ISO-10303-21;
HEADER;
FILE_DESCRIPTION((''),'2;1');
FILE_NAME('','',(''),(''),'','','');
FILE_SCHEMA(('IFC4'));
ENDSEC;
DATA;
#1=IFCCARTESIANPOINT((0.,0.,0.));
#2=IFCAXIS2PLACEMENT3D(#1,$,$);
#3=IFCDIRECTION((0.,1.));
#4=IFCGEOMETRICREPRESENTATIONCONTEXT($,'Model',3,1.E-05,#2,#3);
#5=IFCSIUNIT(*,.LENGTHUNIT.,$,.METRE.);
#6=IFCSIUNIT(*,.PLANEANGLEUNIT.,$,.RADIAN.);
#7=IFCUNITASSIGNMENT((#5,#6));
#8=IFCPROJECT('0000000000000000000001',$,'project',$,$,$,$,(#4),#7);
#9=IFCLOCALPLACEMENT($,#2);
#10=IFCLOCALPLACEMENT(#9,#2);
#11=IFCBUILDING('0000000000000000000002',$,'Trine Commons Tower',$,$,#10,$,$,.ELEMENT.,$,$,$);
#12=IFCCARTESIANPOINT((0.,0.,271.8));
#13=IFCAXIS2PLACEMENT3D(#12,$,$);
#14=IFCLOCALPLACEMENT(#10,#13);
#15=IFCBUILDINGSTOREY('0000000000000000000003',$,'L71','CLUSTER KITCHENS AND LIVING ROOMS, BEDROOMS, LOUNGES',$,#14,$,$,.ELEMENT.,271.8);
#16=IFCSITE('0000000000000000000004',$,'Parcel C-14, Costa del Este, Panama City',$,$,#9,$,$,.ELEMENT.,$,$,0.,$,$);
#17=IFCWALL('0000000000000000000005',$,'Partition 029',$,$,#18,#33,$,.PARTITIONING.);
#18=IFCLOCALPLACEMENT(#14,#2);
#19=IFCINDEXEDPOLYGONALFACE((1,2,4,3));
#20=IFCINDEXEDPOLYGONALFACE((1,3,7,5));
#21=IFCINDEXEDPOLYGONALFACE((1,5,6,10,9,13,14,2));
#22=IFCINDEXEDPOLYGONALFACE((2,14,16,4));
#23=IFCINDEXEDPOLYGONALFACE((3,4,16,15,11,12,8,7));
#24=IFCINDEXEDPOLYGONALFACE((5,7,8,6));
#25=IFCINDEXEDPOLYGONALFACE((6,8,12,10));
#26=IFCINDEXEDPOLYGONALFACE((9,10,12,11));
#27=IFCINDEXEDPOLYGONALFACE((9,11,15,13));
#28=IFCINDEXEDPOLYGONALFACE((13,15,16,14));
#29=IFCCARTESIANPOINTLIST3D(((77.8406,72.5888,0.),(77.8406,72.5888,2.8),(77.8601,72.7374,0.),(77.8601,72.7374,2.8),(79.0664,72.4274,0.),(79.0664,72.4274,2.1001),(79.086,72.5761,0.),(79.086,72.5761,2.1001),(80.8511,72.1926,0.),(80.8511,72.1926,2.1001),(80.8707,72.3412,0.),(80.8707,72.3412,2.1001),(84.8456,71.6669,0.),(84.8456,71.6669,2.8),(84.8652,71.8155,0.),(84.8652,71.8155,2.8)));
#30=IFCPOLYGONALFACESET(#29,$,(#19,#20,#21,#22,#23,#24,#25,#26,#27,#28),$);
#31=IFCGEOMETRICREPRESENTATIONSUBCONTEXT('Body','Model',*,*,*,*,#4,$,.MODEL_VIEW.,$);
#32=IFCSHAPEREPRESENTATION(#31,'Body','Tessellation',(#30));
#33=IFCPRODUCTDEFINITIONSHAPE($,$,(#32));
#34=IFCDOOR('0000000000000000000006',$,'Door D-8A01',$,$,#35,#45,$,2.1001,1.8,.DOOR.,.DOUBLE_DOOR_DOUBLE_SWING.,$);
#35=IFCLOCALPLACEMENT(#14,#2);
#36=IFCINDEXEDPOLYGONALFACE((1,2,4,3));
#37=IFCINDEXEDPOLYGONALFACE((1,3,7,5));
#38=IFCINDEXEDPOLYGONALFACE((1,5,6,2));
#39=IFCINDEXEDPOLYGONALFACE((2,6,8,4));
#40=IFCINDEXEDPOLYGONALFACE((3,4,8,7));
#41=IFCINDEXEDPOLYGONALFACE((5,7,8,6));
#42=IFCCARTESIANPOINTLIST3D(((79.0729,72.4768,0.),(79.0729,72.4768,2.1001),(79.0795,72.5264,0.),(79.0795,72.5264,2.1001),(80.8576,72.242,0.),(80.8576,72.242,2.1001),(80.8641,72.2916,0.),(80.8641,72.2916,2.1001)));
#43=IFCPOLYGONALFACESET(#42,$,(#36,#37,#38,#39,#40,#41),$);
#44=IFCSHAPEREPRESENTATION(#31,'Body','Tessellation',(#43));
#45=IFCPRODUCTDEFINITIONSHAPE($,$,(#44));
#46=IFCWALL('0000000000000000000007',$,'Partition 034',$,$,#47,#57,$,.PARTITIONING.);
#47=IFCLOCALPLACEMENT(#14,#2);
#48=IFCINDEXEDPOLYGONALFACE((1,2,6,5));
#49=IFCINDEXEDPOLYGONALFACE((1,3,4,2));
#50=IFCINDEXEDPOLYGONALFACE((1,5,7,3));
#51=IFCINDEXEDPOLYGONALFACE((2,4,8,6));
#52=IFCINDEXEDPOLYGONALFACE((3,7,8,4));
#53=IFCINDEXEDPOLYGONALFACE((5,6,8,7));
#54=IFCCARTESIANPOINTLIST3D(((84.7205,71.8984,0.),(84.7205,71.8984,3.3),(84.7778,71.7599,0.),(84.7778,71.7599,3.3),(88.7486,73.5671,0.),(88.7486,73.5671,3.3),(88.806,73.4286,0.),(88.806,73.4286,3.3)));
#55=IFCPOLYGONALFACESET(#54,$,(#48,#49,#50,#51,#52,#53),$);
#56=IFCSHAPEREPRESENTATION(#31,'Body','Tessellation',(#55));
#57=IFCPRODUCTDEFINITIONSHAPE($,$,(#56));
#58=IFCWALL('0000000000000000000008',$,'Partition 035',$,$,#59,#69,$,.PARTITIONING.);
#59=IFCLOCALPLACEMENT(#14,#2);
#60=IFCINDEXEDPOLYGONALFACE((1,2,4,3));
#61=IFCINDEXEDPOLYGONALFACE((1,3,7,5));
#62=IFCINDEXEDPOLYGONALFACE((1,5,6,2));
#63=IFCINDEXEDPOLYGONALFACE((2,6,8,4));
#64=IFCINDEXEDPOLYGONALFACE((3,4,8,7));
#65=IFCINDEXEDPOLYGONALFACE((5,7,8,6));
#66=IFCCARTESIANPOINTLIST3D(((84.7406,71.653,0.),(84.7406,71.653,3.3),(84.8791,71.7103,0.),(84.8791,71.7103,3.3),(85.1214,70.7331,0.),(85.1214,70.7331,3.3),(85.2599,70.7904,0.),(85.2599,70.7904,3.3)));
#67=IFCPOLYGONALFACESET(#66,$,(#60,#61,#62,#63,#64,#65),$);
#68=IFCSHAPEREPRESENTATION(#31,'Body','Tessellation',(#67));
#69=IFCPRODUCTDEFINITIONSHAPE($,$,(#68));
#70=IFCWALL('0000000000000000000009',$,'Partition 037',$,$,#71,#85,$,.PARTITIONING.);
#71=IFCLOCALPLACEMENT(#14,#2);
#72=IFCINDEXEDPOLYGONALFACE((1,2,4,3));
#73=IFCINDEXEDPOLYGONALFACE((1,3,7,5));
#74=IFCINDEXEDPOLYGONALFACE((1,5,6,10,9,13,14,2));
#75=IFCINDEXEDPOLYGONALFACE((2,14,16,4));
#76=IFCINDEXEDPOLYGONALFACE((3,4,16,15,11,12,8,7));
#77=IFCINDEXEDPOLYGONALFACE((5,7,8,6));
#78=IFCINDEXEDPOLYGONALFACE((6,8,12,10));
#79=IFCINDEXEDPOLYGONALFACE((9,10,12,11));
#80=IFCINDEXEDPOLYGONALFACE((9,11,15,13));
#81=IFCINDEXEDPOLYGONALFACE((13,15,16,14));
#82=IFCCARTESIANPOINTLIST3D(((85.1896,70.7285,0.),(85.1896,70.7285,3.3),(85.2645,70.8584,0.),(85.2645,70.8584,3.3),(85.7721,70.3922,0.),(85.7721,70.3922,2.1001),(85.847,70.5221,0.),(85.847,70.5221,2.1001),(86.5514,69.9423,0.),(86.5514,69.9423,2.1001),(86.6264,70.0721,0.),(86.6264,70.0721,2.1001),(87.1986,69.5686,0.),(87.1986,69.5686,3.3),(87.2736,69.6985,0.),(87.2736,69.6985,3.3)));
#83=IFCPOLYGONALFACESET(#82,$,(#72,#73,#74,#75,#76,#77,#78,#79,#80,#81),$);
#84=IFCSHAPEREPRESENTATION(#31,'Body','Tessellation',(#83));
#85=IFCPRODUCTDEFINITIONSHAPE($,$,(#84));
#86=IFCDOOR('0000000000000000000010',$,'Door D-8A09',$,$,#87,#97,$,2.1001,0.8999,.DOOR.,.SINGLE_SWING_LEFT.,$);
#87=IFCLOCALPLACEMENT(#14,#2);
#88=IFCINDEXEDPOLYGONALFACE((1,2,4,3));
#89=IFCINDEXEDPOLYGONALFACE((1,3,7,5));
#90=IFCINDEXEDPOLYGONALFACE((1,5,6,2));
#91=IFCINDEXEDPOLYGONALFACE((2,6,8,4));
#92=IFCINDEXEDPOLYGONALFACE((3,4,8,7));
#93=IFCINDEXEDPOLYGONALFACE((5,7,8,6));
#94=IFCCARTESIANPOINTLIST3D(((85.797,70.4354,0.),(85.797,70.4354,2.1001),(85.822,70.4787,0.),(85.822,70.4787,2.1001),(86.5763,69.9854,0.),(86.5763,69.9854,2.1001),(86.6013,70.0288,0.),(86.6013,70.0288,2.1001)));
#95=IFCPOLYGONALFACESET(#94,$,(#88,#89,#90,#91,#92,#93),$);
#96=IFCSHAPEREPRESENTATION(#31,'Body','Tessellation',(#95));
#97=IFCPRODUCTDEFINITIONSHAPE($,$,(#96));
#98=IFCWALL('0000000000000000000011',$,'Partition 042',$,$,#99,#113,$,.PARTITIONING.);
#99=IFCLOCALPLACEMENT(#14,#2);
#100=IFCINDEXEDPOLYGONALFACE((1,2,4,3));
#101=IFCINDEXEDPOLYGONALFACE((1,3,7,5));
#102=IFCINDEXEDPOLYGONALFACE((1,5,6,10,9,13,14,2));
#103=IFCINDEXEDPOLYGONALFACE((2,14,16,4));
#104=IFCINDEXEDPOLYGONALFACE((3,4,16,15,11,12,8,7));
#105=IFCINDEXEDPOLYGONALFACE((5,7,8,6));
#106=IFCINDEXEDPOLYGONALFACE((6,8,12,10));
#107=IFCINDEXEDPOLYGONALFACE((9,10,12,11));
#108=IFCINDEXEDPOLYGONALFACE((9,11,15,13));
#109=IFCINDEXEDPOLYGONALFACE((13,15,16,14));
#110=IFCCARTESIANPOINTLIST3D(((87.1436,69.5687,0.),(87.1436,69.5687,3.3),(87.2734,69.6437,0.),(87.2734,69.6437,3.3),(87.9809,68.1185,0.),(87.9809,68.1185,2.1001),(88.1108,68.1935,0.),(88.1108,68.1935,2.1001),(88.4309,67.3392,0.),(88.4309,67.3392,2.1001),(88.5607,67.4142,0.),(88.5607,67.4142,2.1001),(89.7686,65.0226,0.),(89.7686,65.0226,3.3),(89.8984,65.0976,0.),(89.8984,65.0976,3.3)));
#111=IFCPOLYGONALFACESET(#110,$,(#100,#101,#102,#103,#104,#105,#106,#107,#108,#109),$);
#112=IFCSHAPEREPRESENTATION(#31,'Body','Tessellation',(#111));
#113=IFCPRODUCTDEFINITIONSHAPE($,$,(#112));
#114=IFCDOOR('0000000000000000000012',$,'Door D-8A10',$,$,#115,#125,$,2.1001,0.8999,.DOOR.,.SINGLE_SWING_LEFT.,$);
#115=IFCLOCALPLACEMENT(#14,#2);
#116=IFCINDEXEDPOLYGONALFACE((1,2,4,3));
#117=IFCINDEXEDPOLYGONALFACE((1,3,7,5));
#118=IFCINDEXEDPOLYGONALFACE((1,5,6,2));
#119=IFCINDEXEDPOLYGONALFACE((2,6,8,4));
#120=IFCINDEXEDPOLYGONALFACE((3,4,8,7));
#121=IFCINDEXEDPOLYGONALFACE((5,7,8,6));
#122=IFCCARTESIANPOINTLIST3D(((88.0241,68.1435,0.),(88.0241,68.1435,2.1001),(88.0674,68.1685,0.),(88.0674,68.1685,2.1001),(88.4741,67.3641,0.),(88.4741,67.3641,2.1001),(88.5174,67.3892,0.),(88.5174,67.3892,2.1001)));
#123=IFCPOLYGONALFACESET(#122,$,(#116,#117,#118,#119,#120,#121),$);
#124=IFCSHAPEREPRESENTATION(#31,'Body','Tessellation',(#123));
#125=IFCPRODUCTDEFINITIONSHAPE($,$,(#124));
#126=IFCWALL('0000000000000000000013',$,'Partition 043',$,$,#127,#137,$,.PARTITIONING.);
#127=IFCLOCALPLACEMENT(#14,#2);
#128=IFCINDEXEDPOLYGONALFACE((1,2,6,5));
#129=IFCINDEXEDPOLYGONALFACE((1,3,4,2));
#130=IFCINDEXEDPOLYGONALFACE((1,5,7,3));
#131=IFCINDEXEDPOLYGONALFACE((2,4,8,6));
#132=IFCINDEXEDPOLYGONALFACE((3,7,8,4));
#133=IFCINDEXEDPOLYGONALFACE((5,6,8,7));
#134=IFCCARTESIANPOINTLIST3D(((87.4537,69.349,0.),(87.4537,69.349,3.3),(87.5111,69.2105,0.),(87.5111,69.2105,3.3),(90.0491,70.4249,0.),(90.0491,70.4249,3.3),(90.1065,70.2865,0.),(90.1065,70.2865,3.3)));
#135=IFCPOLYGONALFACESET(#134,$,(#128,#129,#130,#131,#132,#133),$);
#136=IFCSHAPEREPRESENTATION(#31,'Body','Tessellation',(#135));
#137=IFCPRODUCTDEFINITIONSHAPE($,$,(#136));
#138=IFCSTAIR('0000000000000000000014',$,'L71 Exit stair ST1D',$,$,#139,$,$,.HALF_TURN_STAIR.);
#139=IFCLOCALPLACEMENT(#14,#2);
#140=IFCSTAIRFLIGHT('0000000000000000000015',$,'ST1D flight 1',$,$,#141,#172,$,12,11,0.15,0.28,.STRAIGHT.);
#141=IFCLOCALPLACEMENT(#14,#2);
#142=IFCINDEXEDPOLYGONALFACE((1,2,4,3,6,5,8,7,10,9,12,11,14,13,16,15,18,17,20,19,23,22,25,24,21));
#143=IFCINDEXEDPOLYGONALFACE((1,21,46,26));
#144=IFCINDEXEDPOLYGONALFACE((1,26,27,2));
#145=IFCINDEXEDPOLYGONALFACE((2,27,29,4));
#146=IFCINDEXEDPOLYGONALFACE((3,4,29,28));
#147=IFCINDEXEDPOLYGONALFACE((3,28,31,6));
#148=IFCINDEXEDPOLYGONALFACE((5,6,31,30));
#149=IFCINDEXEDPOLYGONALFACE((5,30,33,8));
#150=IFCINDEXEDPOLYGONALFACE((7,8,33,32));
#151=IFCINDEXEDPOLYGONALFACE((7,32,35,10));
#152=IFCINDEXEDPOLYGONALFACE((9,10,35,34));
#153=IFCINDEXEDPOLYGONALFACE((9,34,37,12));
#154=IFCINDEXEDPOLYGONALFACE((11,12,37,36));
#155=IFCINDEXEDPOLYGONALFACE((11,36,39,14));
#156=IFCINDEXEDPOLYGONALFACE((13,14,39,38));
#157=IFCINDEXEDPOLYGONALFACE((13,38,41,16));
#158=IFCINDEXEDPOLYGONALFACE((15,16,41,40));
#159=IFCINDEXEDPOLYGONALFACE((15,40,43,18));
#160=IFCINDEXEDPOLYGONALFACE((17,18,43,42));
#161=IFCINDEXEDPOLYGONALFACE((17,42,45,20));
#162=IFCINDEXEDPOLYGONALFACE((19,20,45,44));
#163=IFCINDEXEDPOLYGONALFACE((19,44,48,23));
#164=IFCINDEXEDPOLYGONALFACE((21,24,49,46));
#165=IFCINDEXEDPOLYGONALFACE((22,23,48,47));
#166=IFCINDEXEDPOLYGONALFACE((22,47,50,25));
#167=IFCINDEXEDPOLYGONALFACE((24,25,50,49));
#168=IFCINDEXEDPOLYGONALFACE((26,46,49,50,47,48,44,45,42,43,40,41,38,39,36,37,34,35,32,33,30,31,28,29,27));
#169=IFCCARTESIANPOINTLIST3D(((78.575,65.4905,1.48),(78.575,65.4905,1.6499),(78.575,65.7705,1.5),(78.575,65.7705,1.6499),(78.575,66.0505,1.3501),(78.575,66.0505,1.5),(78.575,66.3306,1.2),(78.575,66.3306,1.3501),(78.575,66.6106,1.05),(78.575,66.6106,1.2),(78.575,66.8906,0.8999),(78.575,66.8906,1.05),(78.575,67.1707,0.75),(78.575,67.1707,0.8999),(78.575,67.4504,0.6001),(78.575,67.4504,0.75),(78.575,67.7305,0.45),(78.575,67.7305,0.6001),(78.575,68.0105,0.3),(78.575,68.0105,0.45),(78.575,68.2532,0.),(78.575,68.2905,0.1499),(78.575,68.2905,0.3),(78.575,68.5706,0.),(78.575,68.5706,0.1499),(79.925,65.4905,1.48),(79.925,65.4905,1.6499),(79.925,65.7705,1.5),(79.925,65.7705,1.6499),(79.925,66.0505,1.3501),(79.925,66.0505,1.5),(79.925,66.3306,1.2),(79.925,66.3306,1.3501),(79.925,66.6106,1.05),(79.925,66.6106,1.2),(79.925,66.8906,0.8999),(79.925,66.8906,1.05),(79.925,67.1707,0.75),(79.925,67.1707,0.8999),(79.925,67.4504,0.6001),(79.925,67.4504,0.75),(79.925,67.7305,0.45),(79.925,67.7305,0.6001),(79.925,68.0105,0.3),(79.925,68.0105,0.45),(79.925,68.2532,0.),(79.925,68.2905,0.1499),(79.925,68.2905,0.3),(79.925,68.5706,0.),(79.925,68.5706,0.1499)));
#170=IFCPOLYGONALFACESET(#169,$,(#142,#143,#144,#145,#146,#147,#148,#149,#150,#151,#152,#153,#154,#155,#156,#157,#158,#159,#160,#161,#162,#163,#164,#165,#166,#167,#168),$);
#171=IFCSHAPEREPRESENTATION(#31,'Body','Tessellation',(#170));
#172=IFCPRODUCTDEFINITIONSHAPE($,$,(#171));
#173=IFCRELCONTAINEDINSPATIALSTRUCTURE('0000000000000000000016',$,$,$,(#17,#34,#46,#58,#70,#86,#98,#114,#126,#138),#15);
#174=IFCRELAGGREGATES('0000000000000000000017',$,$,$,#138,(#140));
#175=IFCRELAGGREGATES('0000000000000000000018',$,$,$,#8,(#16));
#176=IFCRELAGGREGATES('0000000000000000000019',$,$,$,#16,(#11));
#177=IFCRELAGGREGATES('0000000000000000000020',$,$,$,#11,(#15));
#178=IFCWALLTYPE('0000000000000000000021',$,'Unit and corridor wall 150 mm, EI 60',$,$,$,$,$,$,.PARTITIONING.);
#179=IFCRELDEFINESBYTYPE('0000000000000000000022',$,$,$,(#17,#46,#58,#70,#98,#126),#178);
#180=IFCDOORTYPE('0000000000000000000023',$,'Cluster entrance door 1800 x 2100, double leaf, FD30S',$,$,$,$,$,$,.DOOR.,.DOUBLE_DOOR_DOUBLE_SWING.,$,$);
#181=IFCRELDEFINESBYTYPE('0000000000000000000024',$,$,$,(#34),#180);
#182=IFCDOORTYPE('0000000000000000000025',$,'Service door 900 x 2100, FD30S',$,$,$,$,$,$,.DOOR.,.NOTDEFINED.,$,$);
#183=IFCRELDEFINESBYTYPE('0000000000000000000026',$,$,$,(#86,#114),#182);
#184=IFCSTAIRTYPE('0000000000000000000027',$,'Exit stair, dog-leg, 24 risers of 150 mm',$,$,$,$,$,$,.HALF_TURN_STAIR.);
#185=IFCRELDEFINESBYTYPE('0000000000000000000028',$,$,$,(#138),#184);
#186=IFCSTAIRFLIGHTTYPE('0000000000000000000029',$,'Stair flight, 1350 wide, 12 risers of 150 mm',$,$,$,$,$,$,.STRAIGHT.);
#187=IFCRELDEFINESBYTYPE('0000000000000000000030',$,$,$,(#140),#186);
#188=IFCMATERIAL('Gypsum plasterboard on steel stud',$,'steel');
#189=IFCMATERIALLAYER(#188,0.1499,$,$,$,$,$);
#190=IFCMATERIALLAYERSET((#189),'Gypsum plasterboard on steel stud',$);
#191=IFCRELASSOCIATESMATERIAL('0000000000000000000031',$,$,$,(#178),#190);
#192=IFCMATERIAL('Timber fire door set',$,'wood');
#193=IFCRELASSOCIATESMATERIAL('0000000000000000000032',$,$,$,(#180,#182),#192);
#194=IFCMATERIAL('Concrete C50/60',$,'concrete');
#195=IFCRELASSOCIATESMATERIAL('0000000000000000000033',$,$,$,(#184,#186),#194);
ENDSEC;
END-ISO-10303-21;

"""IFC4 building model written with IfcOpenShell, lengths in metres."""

from ifc_helpers import new_model, si_unit, direction, frame, frame_2d, origin, place, context, subcontext, project, spatial, polyline, rectangle, outline, extrude, material, layer, layer_set, type_object, element, fill, aggregate, save


model = new_model("IFC4")

# Units and contexts
model_context = context("Model", 3, precision=1e-05, world=origin(), true_north=direction((0.0, 1.0)))
body_context = subcontext(model_context, "Body", "Model", "MODEL_VIEW")
ifc_project = project(units=[si_unit("LENGTHUNIT", "METRE"), si_unit("PLANEANGLEUNIT", "RADIAN")], contexts=[model_context])

# Site, building, storey
site_placement = place(None, origin())
site = spatial("IfcSite", under=ifc_project, at=site_placement, Name="Parcel C-14, Costa del Este, Panama City", CompositionType="ELEMENT", RefElevation=0.0)
building_placement = place(site_placement, origin())
building = spatial("IfcBuilding", under=site, at=building_placement, Name="Trine Commons Tower", CompositionType="ELEMENT")
storey_placement = place(building_placement, frame((0.0, 0.0, 271.8)))
storey = spatial("IfcBuildingStorey", under=building, at=storey_placement, Name="L71", Description="CLUSTER KITCHENS AND LIVING ROOMS, BEDROOMS, LOUNGES", CompositionType="ELEMENT", Elevation=271.8)

# Shared definitions
ifc_material_1 = material(Name="Concrete C50/60", Category="concrete")

# Shared definitions
ifc_material_2 = material(Name="Gypsum plasterboard on steel stud", Category="steel")
ifc_layer_1 = layer(ifc_material_2, 0.1499)
ifc_layer_set_1 = layer_set([ifc_layer_1], Name="Gypsum plasterboard on steel stud")
wall_type_1 = type_object("IfcWallType", Name="Unit and corridor wall 150 mm, EI 60", PredefinedType="PARTITIONING", material=ifc_layer_set_1)

# Wall, opening, door
wall_1_placement = place(storey_placement, frame((77.8503, 72.6631, 0.0), z_axis=(0.0, 0.0, 1.0), x_axis=(0.991452, -0.130475, 0.0)))
wall_1 = element("IfcWall", 1, at=wall_1_placement, inside=storey, type_object=wall_type_1, Name="Partition 029", PredefinedType="PARTITIONING", context=body_context, shape_type="SweptSolid", body=[
    extrude(rectangle(XDim=7.0654, YDim=0.1499, at=frame_2d((3.5327, 0.0))), origin(), (0.0, 0.0, 1.0), 2.8),
])
opening_1_placement = place(wall_1_placement, frame((1.2366, 0.0, 0.0)))
opening_1 = element("IfcOpeningElement", 2, at=opening_1_placement, cuts=wall_1, PredefinedType="OPENING", context=body_context, shape_type="SweptSolid", body=[
    extrude(rectangle(XDim=1.8, YDim=2.1001, at=frame_2d((0.8999, 1.05))), frame((0.0, 0.085, 0.0), z_axis=(0.0, -1.0, 0.0), x_axis=(1.0, 0.0, 0.0)), (0.0, 0.0, 1.0), 0.1699),
])
ifc_material_3 = material(Name="Timber fire door set", Category="wood")
door_type_1 = type_object("IfcDoorType", Name="Cluster entrance door 1800 x 2100, double leaf, FD30S", OperationType="DOUBLE_DOOR_DOUBLE_SWING", PredefinedType="DOOR", material=ifc_material_3)
door_1_placement = place(opening_1_placement, origin())
door_1 = element("IfcDoor", 3, at=door_1_placement, inside=storey, type_object=door_type_1, Name="Door D-8A01", OperationType="DOUBLE_DOOR_DOUBLE_SWING", OverallHeight=2.1001, OverallWidth=1.8, PredefinedType="DOOR", context=body_context, shape_type="SweptSolid", body=[
    extrude(rectangle(XDim=1.8, YDim=2.1001, at=frame_2d((0.8999, 1.05))), frame((0.0, 0.0249, 0.0), z_axis=(0.0, -1.0, 0.0), x_axis=(1.0, 0.0, 0.0)), (0.0, 0.0, 1.0), 0.05),
])
fill(opening_1, door_1)

# Walls
wall_2_placement = place(storey_placement, frame((84.749, 71.8291, 0.0), z_axis=(0.0, 0.0, 1.0), x_axis=(0.923862, 0.382726, 0.0)))
element("IfcWall", 4, at=wall_2_placement, inside=storey, type_object=wall_type_1, Name="Partition 034", PredefinedType="PARTITIONING", context=body_context, shape_type="SweptSolid", body=[
    extrude(rectangle(XDim=4.3601, YDim=0.1499, at=frame_2d((2.1802, 0.0))), origin(), (0.0, 0.0, 1.0), 3.3),
])
wall_3_placement = place(storey_placement, frame((84.8098, 71.6816, 0.0), z_axis=(0.0, 0.0, 1.0), x_axis=(0.382525, -0.923945, 0.0)))
element("IfcWall", 5, at=wall_3_placement, inside=storey, type_object=wall_type_1, Name="Partition 035", PredefinedType="PARTITIONING", context=body_context, shape_type="SweptSolid", body=[
    extrude(rectangle(XDim=0.9956, YDim=0.1499, at=frame_2d((0.4978, 0.0))), origin(), (0.0, 0.0, 1.0), 3.3),
])

# Walls, openings, doors
wall_4_placement = place(storey_placement, frame((85.2271, 70.7935, 0.0), z_axis=(0.0, 0.0, 1.0), x_axis=(0.866026, -0.499999, 0.0)))
wall_4 = element("IfcWall", 6, at=wall_4_placement, inside=storey, type_object=wall_type_1, Name="Partition 037", PredefinedType="PARTITIONING", context=body_context, shape_type="SweptSolid", body=[
    extrude(rectangle(XDim=2.3198, YDim=0.1499, at=frame_2d((1.1599, 0.0))), origin(), (0.0, 0.0, 1.0), 3.3),
])
opening_2_placement = place(wall_4_placement, frame((0.6726, 0.0, 0.0)))
opening_2 = element("IfcOpeningElement", 7, at=opening_2_placement, cuts=wall_4, PredefinedType="OPENING", context=body_context, shape_type="SweptSolid", body=[
    extrude(rectangle(XDim=0.8999, YDim=2.1001, at=frame_2d((0.45, 1.05))), frame((0.0, 0.085, 0.0), z_axis=(0.0, -1.0, 0.0), x_axis=(1.0, 0.0, 0.0)), (0.0, 0.0, 1.0), 0.1699),
])
door_type_2 = type_object("IfcDoorType", Name="Service door 900 x 2100, FD30S", OperationType="NOTDEFINED", PredefinedType="DOOR", material=ifc_material_3)
door_2_placement = place(opening_2_placement, origin())
door_2 = element("IfcDoor", 8, at=door_2_placement, inside=storey, type_object=door_type_2, Name="Door D-8A09", OperationType="SINGLE_SWING_LEFT", OverallHeight=2.1001, OverallWidth=0.8999, PredefinedType="DOOR", context=body_context, shape_type="SweptSolid", body=[
    extrude(rectangle(XDim=0.8999, YDim=2.1001, at=frame_2d((0.45, 1.05))), frame((0.0, 0.0249, 0.0), z_axis=(0.0, -1.0, 0.0), x_axis=(1.0, 0.0, 0.0)), (0.0, 0.0, 1.0), 0.05),
])
fill(opening_2, door_2)
wall_5_placement = place(storey_placement, frame((87.2085, 69.6062, 0.0), z_axis=(0.0, 0.0, 1.0), x_axis=(0.50004, -0.866002, 0.0)))
wall_5 = element("IfcWall", 9, at=wall_5_placement, inside=storey, type_object=wall_type_1, Name="Partition 042", PredefinedType="PARTITIONING", context=body_context, shape_type="SweptSolid", body=[
    extrude(rectangle(XDim=5.2495, YDim=0.1499, at=frame_2d((2.6248, 0.0))), origin(), (0.0, 0.0, 1.0), 3.3),
])
opening_3_placement = place(wall_5_placement, frame((1.6746, 0.0, 0.0)))
opening_3 = element("IfcOpeningElement", 10, at=opening_3_placement, cuts=wall_5, PredefinedType="OPENING", context=body_context, shape_type="SweptSolid", body=[
    extrude(rectangle(XDim=0.8999, YDim=2.1001, at=frame_2d((0.45, 1.05))), frame((0.0, 0.085, 0.0), z_axis=(0.0, -1.0, 0.0), x_axis=(1.0, 0.0, 0.0)), (0.0, 0.0, 1.0), 0.1699),
])
door_3_placement = place(opening_3_placement, origin())
door_3 = element("IfcDoor", 11, at=door_3_placement, inside=storey, type_object=door_type_2, Name="Door D-8A10", OperationType="SINGLE_SWING_LEFT", OverallHeight=2.1001, OverallWidth=0.8999, PredefinedType="DOOR", context=body_context, shape_type="SweptSolid", body=[
    extrude(rectangle(XDim=0.8999, YDim=2.1001, at=frame_2d((0.45, 1.05))), frame((0.0, 0.0249, 0.0), z_axis=(0.0, -1.0, 0.0), x_axis=(1.0, 0.0, 0.0)), (0.0, 0.0, 1.0), 0.05),
])
fill(opening_3, door_3)

# Wall
wall_6_placement = place(storey_placement, frame((87.4824, 69.2798, 0.0), z_axis=(0.0, 0.0, 1.0), x_axis=(0.923772, 0.382943, 0.0)))
element("IfcWall", 12, at=wall_6_placement, inside=storey, type_object=wall_type_1, Name="Partition 043", PredefinedType="PARTITIONING", context=body_context, shape_type="SweptSolid", body=[
    extrude(rectangle(XDim=2.8096, YDim=0.1499, at=frame_2d((1.4048, 0.0))), origin(), (0.0, 0.0, 1.0), 3.3),
])

# Stair, stair flight
stair_type = type_object("IfcStairType", Name="Exit stair, dog-leg, 24 risers of 150 mm", PredefinedType="HALF_TURN_STAIR", material=ifc_material_1)
stair_placement = place(storey_placement, origin())
stair = element("IfcStair", 13, at=stair_placement, inside=storey, type_object=stair_type, Name="L71 Exit stair ST1D", PredefinedType="HALF_TURN_STAIR")
stair_flight_type = type_object("IfcStairFlightType", Name="Stair flight, 1350 wide, 12 risers of 150 mm", PredefinedType="STRAIGHT", material=ifc_material_1)
stair_flight_placement = place(storey_placement, frame((79.25, 68.5706, 0.0), z_axis=(0.0, 0.0, 1.0), x_axis=(0.0, -1.0, 0.0)))
stair_flight = element("IfcStairFlight", 14, at=stair_flight_placement, type_object=stair_flight_type, Name="ST1D flight 1", NumberOfRisers=12, NumberOfTreads=11, PredefinedType="STRAIGHT", RiserHeight=0.15, TreadLength=0.28, context=body_context, shape_type="SweptSolid", body=[
    extrude(outline(polyline([(0.0, 0.0), (0.0, 0.1499), (0.28, 0.1499), (0.28, 0.3), (0.5601, 0.3), (0.5601, 0.45), (0.8401, 0.45), (0.8401, 0.6001), (1.1201, 0.6001), (1.1201, 0.75), (1.3999, 0.75), (1.3999, 0.8999), (1.6799, 0.8999), (1.6799, 1.05), (1.96, 1.05), (1.96, 1.2), (2.24, 1.2), (2.24, 1.3501), (2.52, 1.3501), (2.52, 1.5), (2.8, 1.5), (2.8, 1.6499), (3.0801, 1.6499), (3.0801, 1.8), (3.0801, 1.48), (0.3174, 0.0), (0.0, 0.0)])), frame((0.0, 0.675, 0.0), z_axis=(0.0, -1.0, 0.0), x_axis=(1.0, 0.0, 0.0)), (0.0, 0.0, 1.0), 1.3501),
])
aggregate(stair, [stair_flight])

save(model, "model.ifc")
